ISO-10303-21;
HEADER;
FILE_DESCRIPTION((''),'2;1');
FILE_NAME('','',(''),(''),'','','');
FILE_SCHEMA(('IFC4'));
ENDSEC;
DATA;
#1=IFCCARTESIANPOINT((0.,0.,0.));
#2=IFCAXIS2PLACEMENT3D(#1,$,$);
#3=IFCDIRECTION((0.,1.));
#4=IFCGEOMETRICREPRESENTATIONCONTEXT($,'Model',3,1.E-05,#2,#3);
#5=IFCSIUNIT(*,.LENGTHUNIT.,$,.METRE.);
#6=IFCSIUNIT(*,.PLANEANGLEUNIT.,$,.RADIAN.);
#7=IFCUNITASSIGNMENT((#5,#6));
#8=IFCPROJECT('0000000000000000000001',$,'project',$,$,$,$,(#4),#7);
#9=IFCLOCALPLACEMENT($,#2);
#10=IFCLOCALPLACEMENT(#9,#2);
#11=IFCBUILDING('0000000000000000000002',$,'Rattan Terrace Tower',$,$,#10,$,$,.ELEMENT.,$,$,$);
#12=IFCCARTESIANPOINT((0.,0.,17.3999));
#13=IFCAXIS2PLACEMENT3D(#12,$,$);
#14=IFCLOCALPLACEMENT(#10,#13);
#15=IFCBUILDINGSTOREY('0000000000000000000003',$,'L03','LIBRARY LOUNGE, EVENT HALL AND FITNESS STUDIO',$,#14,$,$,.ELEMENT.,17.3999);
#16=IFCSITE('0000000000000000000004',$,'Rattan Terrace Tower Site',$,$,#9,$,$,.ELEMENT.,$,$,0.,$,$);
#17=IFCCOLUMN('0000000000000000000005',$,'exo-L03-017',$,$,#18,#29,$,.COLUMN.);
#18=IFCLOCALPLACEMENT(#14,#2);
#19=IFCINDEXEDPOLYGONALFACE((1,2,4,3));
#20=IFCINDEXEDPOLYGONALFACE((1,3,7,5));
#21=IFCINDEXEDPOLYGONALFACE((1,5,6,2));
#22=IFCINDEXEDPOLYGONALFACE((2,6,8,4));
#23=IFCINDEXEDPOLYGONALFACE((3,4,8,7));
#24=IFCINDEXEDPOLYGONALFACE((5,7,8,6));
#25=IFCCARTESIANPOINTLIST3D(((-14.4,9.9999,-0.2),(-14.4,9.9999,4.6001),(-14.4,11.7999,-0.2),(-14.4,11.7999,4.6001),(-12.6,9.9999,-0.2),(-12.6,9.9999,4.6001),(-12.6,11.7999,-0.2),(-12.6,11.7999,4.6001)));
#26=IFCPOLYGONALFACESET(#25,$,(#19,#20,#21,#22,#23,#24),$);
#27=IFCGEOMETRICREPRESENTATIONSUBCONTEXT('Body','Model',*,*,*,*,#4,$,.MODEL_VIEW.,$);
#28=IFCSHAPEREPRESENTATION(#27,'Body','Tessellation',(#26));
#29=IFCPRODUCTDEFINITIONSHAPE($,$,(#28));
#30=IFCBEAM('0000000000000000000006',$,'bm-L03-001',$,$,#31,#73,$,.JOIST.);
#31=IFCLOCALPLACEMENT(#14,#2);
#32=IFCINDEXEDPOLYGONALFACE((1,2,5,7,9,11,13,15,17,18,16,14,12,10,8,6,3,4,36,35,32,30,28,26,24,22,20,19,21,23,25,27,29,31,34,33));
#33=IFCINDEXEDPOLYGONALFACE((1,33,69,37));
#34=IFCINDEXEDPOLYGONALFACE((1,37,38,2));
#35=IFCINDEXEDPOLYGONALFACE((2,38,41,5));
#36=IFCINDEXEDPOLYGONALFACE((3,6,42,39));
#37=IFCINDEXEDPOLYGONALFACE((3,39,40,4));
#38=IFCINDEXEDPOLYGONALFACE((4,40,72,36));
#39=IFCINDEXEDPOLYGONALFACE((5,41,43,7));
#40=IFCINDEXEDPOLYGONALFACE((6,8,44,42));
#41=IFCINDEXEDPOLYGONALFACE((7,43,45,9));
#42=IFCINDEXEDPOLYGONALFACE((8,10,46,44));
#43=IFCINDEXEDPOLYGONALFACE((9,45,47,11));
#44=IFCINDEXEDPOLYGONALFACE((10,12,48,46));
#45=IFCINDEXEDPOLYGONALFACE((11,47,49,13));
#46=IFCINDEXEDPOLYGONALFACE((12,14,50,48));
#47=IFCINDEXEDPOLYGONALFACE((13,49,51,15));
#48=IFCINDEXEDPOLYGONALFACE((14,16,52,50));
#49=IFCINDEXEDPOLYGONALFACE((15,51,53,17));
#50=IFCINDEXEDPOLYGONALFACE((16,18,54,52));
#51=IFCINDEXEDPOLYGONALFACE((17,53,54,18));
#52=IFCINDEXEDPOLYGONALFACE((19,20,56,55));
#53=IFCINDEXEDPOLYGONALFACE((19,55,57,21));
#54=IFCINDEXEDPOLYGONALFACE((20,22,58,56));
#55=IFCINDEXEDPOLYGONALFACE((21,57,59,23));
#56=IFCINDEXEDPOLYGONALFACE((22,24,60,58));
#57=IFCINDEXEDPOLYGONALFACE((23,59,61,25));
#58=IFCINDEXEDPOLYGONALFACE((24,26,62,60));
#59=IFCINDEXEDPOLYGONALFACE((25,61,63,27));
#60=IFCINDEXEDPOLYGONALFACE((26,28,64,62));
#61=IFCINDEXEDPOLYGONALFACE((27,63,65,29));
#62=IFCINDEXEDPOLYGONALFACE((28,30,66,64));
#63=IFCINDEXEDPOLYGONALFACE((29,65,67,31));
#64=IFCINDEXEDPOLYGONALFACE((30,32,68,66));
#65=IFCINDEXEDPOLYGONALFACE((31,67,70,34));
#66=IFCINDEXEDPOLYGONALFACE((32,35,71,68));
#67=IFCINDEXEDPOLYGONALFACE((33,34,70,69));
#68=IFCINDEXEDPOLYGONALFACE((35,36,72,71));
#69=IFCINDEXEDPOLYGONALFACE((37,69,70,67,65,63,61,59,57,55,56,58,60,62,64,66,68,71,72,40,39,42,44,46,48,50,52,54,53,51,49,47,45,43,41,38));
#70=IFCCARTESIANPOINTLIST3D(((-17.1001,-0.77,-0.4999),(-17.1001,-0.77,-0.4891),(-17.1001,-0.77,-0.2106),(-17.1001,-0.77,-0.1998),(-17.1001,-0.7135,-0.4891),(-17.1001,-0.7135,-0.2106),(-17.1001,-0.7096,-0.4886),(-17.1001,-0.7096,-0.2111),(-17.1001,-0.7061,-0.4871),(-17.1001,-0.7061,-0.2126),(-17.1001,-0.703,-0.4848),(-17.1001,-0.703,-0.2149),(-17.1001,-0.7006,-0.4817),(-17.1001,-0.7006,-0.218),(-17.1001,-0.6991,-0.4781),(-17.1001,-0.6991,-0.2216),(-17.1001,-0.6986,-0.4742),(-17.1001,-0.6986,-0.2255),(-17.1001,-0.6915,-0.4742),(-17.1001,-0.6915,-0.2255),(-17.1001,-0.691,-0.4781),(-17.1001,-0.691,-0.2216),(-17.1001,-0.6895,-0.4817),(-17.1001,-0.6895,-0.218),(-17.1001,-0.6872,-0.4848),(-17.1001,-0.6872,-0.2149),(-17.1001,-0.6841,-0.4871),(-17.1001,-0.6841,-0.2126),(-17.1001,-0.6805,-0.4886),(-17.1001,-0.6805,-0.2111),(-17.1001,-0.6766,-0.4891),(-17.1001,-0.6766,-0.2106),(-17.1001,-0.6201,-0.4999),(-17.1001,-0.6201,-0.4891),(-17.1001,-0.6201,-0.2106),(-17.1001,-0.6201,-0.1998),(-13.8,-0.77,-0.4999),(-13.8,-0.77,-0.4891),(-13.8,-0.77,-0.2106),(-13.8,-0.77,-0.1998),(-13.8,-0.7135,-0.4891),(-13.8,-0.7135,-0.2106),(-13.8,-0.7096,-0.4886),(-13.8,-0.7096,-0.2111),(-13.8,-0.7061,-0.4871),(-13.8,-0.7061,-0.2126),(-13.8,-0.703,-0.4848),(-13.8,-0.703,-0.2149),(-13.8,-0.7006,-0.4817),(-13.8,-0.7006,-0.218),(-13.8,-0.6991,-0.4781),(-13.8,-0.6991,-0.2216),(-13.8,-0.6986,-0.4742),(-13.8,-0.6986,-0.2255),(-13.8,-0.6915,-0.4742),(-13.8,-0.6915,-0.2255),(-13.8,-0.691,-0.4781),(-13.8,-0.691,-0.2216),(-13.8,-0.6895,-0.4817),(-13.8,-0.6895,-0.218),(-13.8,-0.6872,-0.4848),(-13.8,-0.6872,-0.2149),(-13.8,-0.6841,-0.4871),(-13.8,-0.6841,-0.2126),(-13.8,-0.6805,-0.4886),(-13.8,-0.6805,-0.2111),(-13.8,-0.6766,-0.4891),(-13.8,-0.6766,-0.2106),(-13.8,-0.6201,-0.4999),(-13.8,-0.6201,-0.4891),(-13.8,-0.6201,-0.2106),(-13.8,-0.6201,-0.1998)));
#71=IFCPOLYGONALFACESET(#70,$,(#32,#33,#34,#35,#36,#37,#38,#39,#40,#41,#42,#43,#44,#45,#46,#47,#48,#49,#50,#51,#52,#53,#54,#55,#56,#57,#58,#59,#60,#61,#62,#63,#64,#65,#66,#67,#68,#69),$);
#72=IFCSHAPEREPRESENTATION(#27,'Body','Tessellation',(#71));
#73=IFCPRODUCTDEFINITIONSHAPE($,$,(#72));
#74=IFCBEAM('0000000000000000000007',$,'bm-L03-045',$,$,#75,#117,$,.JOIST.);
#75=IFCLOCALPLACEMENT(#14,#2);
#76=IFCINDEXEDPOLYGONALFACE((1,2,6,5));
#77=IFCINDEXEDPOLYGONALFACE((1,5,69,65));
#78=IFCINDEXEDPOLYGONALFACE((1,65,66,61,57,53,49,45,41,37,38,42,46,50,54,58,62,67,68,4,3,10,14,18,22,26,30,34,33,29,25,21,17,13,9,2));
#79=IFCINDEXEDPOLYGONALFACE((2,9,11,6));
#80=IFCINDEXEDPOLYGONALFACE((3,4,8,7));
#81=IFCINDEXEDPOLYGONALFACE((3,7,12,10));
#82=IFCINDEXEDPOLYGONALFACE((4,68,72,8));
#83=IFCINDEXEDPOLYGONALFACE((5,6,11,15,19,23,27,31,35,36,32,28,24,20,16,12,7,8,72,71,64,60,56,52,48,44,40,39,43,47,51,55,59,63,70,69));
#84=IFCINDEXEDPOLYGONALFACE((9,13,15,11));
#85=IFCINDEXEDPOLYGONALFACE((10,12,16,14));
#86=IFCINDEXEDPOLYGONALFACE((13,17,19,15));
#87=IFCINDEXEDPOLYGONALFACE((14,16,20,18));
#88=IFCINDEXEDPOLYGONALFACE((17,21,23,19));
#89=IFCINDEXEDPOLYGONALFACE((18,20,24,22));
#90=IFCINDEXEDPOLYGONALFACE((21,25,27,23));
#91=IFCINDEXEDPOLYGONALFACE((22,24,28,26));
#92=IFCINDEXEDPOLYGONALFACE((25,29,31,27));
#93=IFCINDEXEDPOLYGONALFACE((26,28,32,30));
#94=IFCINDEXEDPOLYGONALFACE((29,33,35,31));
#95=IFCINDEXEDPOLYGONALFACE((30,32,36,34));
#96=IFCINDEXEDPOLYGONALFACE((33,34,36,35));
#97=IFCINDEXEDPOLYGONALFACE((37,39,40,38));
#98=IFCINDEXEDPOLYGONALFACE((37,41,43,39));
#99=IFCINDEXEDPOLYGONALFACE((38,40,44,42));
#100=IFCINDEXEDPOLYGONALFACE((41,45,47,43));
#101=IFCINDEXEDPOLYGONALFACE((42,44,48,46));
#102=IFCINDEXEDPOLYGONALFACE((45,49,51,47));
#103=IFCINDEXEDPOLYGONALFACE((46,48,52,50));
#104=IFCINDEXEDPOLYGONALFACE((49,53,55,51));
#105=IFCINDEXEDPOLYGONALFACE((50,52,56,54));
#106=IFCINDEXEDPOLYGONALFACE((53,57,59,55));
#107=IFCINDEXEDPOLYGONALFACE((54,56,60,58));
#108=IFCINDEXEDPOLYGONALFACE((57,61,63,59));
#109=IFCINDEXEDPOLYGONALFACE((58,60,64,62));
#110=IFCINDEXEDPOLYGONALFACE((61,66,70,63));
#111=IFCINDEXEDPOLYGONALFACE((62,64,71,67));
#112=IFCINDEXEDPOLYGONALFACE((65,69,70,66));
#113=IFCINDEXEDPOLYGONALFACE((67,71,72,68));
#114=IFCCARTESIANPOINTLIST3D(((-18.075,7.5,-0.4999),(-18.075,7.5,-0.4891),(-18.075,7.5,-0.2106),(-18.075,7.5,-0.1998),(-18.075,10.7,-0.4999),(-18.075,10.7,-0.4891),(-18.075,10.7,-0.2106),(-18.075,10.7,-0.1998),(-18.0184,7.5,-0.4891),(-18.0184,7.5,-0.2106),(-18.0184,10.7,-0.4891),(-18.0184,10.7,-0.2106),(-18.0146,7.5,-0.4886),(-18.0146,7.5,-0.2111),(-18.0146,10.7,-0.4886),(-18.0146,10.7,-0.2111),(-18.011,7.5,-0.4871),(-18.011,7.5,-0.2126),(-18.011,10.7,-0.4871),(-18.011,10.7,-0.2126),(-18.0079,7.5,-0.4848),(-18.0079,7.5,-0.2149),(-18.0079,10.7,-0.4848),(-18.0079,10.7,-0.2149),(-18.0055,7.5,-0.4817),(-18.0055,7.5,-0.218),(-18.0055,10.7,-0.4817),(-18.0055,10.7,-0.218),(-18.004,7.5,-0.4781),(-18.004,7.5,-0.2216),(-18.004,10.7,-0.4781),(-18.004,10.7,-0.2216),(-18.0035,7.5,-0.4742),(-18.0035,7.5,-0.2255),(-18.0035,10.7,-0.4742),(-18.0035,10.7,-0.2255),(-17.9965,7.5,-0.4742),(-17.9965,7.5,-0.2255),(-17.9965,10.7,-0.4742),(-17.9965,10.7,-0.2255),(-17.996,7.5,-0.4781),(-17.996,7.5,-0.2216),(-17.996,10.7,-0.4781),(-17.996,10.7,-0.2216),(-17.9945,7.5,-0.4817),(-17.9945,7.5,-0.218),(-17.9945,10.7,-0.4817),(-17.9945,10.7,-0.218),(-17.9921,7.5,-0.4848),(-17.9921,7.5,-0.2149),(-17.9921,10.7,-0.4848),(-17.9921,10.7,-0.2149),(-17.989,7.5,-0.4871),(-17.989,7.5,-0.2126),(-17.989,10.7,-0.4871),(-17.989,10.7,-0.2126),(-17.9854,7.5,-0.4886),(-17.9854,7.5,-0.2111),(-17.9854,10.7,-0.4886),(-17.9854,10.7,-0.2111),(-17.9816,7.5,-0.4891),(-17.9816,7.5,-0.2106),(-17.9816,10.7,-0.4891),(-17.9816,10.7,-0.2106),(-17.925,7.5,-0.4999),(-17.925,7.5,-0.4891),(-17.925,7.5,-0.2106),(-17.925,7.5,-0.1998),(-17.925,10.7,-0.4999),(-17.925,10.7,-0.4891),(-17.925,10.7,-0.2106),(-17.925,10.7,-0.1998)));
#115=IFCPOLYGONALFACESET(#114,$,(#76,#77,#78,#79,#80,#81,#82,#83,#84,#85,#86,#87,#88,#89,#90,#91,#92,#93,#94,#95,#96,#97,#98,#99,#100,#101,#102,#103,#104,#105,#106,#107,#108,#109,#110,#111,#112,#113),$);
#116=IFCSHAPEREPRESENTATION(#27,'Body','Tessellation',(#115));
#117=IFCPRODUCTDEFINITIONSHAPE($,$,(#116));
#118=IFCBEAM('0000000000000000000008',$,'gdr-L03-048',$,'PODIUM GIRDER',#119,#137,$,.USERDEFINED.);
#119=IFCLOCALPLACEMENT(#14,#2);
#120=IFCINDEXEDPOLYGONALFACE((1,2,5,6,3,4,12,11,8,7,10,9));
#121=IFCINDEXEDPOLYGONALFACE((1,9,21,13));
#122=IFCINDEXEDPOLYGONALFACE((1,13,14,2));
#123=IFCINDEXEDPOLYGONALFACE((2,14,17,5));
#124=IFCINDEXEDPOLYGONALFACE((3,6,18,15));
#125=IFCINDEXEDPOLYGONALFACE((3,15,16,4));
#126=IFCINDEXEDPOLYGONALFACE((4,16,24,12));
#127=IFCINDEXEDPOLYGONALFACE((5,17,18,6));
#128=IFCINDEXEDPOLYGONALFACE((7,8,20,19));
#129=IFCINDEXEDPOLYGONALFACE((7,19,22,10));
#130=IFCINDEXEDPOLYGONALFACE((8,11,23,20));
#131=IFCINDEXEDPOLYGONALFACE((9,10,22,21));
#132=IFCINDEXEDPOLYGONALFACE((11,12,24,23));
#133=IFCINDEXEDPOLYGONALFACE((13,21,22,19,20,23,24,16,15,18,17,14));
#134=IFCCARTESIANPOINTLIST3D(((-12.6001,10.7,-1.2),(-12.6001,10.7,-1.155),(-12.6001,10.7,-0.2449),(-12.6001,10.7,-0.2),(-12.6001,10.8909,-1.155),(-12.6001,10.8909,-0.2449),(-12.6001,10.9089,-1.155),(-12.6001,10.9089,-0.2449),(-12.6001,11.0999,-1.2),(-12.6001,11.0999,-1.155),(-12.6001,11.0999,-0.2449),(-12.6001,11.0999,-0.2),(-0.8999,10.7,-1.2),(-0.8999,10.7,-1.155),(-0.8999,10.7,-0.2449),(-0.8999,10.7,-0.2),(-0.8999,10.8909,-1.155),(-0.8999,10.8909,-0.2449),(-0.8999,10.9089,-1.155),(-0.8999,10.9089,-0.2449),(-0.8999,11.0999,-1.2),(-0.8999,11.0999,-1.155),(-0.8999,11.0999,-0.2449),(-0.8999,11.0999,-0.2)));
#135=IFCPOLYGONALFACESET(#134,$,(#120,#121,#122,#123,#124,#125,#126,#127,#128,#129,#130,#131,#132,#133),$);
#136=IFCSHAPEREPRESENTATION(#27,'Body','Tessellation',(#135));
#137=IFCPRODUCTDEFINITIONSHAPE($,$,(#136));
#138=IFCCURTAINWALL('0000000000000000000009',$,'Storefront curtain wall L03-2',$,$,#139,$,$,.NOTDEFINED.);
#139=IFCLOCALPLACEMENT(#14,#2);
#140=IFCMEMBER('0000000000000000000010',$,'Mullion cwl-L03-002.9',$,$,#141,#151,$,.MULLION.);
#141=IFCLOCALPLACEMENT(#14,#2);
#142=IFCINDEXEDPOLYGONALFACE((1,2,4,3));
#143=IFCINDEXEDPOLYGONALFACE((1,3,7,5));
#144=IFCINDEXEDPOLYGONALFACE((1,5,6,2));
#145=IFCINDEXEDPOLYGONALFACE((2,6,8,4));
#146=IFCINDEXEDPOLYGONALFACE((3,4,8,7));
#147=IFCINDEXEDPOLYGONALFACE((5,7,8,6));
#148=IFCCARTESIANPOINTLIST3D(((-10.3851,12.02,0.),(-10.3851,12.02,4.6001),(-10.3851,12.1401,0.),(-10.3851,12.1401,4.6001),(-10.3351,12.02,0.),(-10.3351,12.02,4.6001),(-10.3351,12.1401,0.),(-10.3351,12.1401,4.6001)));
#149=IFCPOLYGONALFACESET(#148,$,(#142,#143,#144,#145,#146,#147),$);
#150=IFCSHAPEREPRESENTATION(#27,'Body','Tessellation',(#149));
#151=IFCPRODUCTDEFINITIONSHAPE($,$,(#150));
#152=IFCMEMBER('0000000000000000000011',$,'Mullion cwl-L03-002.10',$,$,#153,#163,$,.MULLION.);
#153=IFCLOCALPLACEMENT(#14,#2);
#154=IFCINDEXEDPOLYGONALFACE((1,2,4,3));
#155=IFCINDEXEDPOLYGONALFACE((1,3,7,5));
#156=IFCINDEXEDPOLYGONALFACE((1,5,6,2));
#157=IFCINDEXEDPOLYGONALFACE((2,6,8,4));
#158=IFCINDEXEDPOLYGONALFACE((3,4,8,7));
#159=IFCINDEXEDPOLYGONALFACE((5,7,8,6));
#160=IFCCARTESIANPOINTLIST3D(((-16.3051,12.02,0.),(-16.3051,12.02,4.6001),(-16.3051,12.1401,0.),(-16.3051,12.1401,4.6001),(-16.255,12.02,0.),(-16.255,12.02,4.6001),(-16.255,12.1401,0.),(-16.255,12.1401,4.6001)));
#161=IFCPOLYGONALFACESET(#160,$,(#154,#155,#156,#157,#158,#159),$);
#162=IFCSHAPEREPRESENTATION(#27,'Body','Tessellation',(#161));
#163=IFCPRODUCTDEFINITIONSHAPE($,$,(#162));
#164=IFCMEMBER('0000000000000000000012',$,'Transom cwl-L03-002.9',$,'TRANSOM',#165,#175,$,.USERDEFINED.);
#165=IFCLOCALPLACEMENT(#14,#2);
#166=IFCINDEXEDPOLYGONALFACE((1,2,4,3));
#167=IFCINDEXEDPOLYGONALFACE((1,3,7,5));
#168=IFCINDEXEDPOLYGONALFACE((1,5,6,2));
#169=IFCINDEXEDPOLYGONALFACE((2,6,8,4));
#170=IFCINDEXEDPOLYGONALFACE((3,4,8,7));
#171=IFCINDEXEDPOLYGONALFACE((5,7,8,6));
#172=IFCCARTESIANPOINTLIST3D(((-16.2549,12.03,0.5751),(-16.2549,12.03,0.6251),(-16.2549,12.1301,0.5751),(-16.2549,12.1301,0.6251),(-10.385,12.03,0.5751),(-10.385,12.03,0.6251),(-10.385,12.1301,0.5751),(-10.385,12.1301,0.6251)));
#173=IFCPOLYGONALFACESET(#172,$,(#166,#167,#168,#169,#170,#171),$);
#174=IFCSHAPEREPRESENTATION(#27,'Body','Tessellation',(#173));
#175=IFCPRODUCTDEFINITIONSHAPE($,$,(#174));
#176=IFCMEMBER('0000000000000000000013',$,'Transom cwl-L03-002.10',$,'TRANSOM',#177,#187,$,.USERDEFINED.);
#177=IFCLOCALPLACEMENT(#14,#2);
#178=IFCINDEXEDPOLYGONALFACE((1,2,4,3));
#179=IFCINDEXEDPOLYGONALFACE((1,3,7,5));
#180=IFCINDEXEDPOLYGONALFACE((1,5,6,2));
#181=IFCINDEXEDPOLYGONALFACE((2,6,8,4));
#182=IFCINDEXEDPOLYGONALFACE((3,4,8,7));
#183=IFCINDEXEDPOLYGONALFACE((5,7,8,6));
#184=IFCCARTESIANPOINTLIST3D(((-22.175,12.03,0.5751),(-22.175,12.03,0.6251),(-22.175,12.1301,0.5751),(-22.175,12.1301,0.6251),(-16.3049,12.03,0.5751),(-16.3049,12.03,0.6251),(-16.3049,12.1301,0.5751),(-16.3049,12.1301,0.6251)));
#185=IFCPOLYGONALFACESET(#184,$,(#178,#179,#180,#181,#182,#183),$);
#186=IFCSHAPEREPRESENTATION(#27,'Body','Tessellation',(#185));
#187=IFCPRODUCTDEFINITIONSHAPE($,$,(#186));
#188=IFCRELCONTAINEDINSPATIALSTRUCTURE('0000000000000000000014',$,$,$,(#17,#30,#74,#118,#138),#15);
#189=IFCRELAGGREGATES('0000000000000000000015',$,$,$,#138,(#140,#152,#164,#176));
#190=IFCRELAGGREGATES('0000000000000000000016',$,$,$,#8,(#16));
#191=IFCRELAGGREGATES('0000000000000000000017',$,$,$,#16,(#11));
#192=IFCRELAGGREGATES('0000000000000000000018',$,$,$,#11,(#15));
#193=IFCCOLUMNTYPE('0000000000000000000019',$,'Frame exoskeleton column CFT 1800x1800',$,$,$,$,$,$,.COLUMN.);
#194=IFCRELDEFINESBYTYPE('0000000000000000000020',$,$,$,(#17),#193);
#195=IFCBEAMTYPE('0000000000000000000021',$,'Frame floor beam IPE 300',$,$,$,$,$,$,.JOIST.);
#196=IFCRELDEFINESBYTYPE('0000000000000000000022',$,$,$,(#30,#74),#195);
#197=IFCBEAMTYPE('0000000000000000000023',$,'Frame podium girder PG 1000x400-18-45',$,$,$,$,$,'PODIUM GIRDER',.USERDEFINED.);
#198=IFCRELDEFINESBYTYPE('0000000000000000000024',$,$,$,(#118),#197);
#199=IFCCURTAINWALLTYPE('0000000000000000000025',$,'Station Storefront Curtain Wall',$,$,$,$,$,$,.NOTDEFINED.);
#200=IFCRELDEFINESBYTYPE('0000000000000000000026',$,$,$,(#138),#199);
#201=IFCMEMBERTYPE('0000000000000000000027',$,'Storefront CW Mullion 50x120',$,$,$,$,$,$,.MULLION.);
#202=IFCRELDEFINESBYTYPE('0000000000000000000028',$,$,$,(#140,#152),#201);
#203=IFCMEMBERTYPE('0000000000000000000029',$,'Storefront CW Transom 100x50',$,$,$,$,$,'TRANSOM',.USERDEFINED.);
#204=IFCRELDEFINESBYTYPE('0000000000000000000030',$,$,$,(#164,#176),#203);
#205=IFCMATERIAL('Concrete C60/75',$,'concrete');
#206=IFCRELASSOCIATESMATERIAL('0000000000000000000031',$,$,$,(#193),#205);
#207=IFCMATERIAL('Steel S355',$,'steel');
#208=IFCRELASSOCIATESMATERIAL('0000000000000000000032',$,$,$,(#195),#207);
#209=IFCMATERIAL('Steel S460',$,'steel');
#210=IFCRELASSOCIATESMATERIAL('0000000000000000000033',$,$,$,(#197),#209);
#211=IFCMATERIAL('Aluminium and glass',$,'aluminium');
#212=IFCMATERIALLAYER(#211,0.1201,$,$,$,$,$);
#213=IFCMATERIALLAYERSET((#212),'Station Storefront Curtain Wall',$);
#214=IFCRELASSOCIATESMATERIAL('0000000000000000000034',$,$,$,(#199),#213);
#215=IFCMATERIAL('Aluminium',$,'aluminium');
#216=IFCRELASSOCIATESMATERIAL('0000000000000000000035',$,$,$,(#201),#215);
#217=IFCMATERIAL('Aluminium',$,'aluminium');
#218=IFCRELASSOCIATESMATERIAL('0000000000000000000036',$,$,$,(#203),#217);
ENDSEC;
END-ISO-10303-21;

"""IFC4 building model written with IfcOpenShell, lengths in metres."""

from ifc_helpers import new_model, si_unit, direction, frame, origin, origin_2d, place, context, subcontext, project, spatial, rectangle, i_section, extrude, material, layer, layer_set, material_profile, profile_set, type_object, element, aggregate, save


model = new_model("IFC4")

# Units and contexts
model_context = context("Model", 3, precision=1e-05, world=origin(), true_north=direction((0.0, 1.0)))
body_context = subcontext(model_context, "Body", "Model", "MODEL_VIEW")
ifc_project = project(units=[si_unit("LENGTHUNIT", "METRE"), si_unit("PLANEANGLEUNIT", "RADIAN")], contexts=[model_context])

# Site, building, storey
site_placement = place(None, origin())
site = spatial("IfcSite", under=ifc_project, at=site_placement, Name="Rattan Terrace Tower Site", CompositionType="ELEMENT", RefElevation=0.0)
building_placement = place(site_placement, origin())
building = spatial("IfcBuilding", under=site, at=building_placement, Name="Rattan Terrace Tower", CompositionType="ELEMENT")
storey_placement = place(building_placement, frame((0.0, 0.0, 17.3999)))
storey = spatial("IfcBuildingStorey", under=building, at=storey_placement, Name="L03", Description="LIBRARY LOUNGE, EVENT HALL AND FITNESS STUDIO", CompositionType="ELEMENT", Elevation=17.3999)

# Column
ifc_material_1 = material(Name="Concrete C60/75", Category="concrete")
ifc_material_profile_1 = material_profile(ifc_material_1, rectangle(XDim=1.8, YDim=1.8, at=origin_2d()), Name="CFT 1800x1800")
ifc_profile_set_1 = profile_set([ifc_material_profile_1], Name="Concrete C60/75")
column_type = type_object("IfcColumnType", Name="Frame exoskeleton column CFT 1800x1800", PredefinedType="COLUMN", material=ifc_profile_set_1)
column_placement = place(storey_placement, frame((-13.5, 10.8999, -0.2), z_axis=(0.0, 0.0, 1.0), x_axis=(1.0, 0.0, 0.0)))
element("IfcColumn", 1, at=column_placement, inside=storey, type_object=column_type, Name="exo-L03-017", PredefinedType="COLUMN", context=body_context, shape_type="SweptSolid", body=[
    extrude(rectangle(XDim=1.8, YDim=1.8, at=origin_2d()), origin(), (0.0, 0.0, 1.0), 4.8),
])

# Beams
ifc_material_2 = material(Name="Steel S355", Category="steel")
ifc_material_profile_2 = material_profile(ifc_material_2, i_section(OverallWidth=0.1499, OverallDepth=0.3, WebThickness=0.0071, FlangeThickness=0.0107, FilletRadius=0.0149, at=origin_2d()), Name="IPE 300")
ifc_profile_set_2 = profile_set([ifc_material_profile_2], Name="Steel S355")
beam_type_1 = type_object("IfcBeamType", Name="Frame floor beam IPE 300", PredefinedType="JOIST", material=ifc_profile_set_2)
beam_1_placement = place(storey_placement, frame((-17.1001, -0.6951, -0.3499), z_axis=(1.0, 0.0, 0.0), x_axis=(0.0, 1.0, 0.0)))
element("IfcBeam", 2, at=beam_1_placement, inside=storey, type_object=beam_type_1, Name="bm-L03-001", PredefinedType="JOIST", context=body_context, shape_type="SweptSolid", body=[
    extrude(i_section(OverallWidth=0.1499, OverallDepth=0.3, WebThickness=0.0071, FlangeThickness=0.0107, FilletRadius=0.0149, at=origin_2d()), origin(), (0.0, 0.0, 1.0), 3.3),
])
beam_2_placement = place(storey_placement, frame((-18.0, 7.5, -0.3499), z_axis=(0.0, 1.0, 0.0), x_axis=(-1.0, 0.0, 0.0)))
element("IfcBeam", 3, at=beam_2_placement, inside=storey, type_object=beam_type_1, Name="bm-L03-045", PredefinedType="JOIST", context=body_context, shape_type="SweptSolid", body=[
    extrude(i_section(OverallWidth=0.1499, OverallDepth=0.3, WebThickness=0.0071, FlangeThickness=0.0107, FilletRadius=0.0149, at=origin_2d()), origin(), (0.0, 0.0, 1.0), 3.2),
])
ifc_material_3 = material(Name="Steel S460", Category="steel")
ifc_material_profile_3 = material_profile(ifc_material_3, i_section(OverallWidth=0.3999, OverallDepth=1.0, WebThickness=0.0181, FlangeThickness=0.0449, at=origin_2d()), Name="PG 1000x400-18-45")
ifc_profile_set_3 = profile_set([ifc_material_profile_3], Name="Steel S460")
beam_type_2 = type_object("IfcBeamType", Name="Frame podium girder PG 1000x400-18-45", ElementType="PODIUM GIRDER", PredefinedType="USERDEFINED", material=ifc_profile_set_3)
beam_3_placement = place(storey_placement, frame((-12.6001, 10.8999, -0.7), z_axis=(1.0, 0.0, 0.0), x_axis=(0.0, 1.0, 0.0)))
element("IfcBeam", 4, at=beam_3_placement, inside=storey, type_object=beam_type_2, Name="gdr-L03-048", ObjectType="PODIUM GIRDER", PredefinedType="USERDEFINED", context=body_context, shape_type="SweptSolid", body=[
    extrude(i_section(OverallWidth=0.3999, OverallDepth=1.0, WebThickness=0.0181, FlangeThickness=0.0449, at=origin_2d()), origin(), (0.0, 0.0, 1.0), 11.7002),
])

# Curtain wall, members
ifc_material_4 = material(Name="Aluminium and glass", Category="aluminium")
ifc_layer_1 = layer(ifc_material_4, 0.1201)
ifc_layer_set_1 = layer_set([ifc_layer_1], Name="Station Storefront Curtain Wall")
curtain_wall_type = type_object("IfcCurtainWallType", Name="Station Storefront Curtain Wall", PredefinedType="NOTDEFINED", material=ifc_layer_set_1)
curtain_wall_placement = place(storey_placement, origin())
curtain_wall = element("IfcCurtainWall", 5, at=curtain_wall_placement, inside=storey, type_object=curtain_wall_type, Name="Storefront curtain wall L03-2", PredefinedType="NOTDEFINED")
ifc_material_5 = material(Name="Aluminium", Category="aluminium")
ifc_material_profile_4 = material_profile(ifc_material_5, rectangle(XDim=0.05, YDim=0.1201, at=origin_2d()), Name="Aluminium 50x120")
ifc_profile_set_4 = profile_set([ifc_material_profile_4], Name="Aluminium")
member_type_1 = type_object("IfcMemberType", Name="Storefront CW Mullion 50x120", PredefinedType="MULLION", material=ifc_profile_set_4)
member_1_placement = place(storey_placement, frame((-10.3601, 12.0801, 0.0), z_axis=(0.0, 0.0, 1.0), x_axis=(-1.0, 0.0, 0.0)))
member_1 = element("IfcMember", 6, at=member_1_placement, type_object=member_type_1, Name="Mullion cwl-L03-002.9", PredefinedType="MULLION", context=body_context, shape_type="SweptSolid", body=[
    extrude(rectangle(XDim=0.05, YDim=0.1201, at=origin_2d()), origin(), (0.0, 0.0, 1.0), 4.6001),
])
member_2_placement = place(storey_placement, frame((-16.28, 12.0801, 0.0), z_axis=(0.0, 0.0, 1.0), x_axis=(-1.0, 0.0, 0.0)))
member_2 = element("IfcMember", 7, at=member_2_placement, type_object=member_type_1, Name="Mullion cwl-L03-002.10", PredefinedType="MULLION", context=body_context, shape_type="SweptSolid", body=[
    extrude(rectangle(XDim=0.05, YDim=0.1201, at=origin_2d()), origin(), (0.0, 0.0, 1.0), 4.6001),
])
ifc_material_6 = material(Name="Aluminium", Category="aluminium")
ifc_material_profile_5 = material_profile(ifc_material_6, rectangle(XDim=0.1001, YDim=0.05, at=origin_2d()), Name="Aluminium 100x50")
ifc_profile_set_5 = profile_set([ifc_material_profile_5], Name="Aluminium")
member_type_2 = type_object("IfcMemberType", Name="Storefront CW Transom 100x50", ElementType="TRANSOM", PredefinedType="USERDEFINED", material=ifc_profile_set_5)
member_3_placement = place(storey_placement, frame((-10.385, 12.0801, 0.6001), z_axis=(-1.0, 0.0, 0.0), x_axis=(0.0, -1.0, 0.0)))
member_3 = element("IfcMember", 8, at=member_3_placement, type_object=member_type_2, Name="Transom cwl-L03-002.9", ObjectType="TRANSOM", PredefinedType="USERDEFINED", context=body_context, shape_type="SweptSolid", body=[
    extrude(rectangle(XDim=0.1001, YDim=0.05, at=origin_2d()), origin(), (0.0, 0.0, 1.0), 5.8699),
])
member_4_placement = place(storey_placement, frame((-16.3049, 12.0801, 0.6001), z_axis=(-1.0, 0.0, 0.0), x_axis=(0.0, -1.0, 0.0)))
member_4 = element("IfcMember", 9, at=member_4_placement, type_object=member_type_2, Name="Transom cwl-L03-002.10", ObjectType="TRANSOM", PredefinedType="USERDEFINED", context=body_context, shape_type="SweptSolid", body=[
    extrude(rectangle(XDim=0.1001, YDim=0.05, at=origin_2d()), origin(), (0.0, 0.0, 1.0), 5.8701),
])
aggregate(curtain_wall, [member_1, member_2, member_3, member_4])

save(model, "model.ifc")
